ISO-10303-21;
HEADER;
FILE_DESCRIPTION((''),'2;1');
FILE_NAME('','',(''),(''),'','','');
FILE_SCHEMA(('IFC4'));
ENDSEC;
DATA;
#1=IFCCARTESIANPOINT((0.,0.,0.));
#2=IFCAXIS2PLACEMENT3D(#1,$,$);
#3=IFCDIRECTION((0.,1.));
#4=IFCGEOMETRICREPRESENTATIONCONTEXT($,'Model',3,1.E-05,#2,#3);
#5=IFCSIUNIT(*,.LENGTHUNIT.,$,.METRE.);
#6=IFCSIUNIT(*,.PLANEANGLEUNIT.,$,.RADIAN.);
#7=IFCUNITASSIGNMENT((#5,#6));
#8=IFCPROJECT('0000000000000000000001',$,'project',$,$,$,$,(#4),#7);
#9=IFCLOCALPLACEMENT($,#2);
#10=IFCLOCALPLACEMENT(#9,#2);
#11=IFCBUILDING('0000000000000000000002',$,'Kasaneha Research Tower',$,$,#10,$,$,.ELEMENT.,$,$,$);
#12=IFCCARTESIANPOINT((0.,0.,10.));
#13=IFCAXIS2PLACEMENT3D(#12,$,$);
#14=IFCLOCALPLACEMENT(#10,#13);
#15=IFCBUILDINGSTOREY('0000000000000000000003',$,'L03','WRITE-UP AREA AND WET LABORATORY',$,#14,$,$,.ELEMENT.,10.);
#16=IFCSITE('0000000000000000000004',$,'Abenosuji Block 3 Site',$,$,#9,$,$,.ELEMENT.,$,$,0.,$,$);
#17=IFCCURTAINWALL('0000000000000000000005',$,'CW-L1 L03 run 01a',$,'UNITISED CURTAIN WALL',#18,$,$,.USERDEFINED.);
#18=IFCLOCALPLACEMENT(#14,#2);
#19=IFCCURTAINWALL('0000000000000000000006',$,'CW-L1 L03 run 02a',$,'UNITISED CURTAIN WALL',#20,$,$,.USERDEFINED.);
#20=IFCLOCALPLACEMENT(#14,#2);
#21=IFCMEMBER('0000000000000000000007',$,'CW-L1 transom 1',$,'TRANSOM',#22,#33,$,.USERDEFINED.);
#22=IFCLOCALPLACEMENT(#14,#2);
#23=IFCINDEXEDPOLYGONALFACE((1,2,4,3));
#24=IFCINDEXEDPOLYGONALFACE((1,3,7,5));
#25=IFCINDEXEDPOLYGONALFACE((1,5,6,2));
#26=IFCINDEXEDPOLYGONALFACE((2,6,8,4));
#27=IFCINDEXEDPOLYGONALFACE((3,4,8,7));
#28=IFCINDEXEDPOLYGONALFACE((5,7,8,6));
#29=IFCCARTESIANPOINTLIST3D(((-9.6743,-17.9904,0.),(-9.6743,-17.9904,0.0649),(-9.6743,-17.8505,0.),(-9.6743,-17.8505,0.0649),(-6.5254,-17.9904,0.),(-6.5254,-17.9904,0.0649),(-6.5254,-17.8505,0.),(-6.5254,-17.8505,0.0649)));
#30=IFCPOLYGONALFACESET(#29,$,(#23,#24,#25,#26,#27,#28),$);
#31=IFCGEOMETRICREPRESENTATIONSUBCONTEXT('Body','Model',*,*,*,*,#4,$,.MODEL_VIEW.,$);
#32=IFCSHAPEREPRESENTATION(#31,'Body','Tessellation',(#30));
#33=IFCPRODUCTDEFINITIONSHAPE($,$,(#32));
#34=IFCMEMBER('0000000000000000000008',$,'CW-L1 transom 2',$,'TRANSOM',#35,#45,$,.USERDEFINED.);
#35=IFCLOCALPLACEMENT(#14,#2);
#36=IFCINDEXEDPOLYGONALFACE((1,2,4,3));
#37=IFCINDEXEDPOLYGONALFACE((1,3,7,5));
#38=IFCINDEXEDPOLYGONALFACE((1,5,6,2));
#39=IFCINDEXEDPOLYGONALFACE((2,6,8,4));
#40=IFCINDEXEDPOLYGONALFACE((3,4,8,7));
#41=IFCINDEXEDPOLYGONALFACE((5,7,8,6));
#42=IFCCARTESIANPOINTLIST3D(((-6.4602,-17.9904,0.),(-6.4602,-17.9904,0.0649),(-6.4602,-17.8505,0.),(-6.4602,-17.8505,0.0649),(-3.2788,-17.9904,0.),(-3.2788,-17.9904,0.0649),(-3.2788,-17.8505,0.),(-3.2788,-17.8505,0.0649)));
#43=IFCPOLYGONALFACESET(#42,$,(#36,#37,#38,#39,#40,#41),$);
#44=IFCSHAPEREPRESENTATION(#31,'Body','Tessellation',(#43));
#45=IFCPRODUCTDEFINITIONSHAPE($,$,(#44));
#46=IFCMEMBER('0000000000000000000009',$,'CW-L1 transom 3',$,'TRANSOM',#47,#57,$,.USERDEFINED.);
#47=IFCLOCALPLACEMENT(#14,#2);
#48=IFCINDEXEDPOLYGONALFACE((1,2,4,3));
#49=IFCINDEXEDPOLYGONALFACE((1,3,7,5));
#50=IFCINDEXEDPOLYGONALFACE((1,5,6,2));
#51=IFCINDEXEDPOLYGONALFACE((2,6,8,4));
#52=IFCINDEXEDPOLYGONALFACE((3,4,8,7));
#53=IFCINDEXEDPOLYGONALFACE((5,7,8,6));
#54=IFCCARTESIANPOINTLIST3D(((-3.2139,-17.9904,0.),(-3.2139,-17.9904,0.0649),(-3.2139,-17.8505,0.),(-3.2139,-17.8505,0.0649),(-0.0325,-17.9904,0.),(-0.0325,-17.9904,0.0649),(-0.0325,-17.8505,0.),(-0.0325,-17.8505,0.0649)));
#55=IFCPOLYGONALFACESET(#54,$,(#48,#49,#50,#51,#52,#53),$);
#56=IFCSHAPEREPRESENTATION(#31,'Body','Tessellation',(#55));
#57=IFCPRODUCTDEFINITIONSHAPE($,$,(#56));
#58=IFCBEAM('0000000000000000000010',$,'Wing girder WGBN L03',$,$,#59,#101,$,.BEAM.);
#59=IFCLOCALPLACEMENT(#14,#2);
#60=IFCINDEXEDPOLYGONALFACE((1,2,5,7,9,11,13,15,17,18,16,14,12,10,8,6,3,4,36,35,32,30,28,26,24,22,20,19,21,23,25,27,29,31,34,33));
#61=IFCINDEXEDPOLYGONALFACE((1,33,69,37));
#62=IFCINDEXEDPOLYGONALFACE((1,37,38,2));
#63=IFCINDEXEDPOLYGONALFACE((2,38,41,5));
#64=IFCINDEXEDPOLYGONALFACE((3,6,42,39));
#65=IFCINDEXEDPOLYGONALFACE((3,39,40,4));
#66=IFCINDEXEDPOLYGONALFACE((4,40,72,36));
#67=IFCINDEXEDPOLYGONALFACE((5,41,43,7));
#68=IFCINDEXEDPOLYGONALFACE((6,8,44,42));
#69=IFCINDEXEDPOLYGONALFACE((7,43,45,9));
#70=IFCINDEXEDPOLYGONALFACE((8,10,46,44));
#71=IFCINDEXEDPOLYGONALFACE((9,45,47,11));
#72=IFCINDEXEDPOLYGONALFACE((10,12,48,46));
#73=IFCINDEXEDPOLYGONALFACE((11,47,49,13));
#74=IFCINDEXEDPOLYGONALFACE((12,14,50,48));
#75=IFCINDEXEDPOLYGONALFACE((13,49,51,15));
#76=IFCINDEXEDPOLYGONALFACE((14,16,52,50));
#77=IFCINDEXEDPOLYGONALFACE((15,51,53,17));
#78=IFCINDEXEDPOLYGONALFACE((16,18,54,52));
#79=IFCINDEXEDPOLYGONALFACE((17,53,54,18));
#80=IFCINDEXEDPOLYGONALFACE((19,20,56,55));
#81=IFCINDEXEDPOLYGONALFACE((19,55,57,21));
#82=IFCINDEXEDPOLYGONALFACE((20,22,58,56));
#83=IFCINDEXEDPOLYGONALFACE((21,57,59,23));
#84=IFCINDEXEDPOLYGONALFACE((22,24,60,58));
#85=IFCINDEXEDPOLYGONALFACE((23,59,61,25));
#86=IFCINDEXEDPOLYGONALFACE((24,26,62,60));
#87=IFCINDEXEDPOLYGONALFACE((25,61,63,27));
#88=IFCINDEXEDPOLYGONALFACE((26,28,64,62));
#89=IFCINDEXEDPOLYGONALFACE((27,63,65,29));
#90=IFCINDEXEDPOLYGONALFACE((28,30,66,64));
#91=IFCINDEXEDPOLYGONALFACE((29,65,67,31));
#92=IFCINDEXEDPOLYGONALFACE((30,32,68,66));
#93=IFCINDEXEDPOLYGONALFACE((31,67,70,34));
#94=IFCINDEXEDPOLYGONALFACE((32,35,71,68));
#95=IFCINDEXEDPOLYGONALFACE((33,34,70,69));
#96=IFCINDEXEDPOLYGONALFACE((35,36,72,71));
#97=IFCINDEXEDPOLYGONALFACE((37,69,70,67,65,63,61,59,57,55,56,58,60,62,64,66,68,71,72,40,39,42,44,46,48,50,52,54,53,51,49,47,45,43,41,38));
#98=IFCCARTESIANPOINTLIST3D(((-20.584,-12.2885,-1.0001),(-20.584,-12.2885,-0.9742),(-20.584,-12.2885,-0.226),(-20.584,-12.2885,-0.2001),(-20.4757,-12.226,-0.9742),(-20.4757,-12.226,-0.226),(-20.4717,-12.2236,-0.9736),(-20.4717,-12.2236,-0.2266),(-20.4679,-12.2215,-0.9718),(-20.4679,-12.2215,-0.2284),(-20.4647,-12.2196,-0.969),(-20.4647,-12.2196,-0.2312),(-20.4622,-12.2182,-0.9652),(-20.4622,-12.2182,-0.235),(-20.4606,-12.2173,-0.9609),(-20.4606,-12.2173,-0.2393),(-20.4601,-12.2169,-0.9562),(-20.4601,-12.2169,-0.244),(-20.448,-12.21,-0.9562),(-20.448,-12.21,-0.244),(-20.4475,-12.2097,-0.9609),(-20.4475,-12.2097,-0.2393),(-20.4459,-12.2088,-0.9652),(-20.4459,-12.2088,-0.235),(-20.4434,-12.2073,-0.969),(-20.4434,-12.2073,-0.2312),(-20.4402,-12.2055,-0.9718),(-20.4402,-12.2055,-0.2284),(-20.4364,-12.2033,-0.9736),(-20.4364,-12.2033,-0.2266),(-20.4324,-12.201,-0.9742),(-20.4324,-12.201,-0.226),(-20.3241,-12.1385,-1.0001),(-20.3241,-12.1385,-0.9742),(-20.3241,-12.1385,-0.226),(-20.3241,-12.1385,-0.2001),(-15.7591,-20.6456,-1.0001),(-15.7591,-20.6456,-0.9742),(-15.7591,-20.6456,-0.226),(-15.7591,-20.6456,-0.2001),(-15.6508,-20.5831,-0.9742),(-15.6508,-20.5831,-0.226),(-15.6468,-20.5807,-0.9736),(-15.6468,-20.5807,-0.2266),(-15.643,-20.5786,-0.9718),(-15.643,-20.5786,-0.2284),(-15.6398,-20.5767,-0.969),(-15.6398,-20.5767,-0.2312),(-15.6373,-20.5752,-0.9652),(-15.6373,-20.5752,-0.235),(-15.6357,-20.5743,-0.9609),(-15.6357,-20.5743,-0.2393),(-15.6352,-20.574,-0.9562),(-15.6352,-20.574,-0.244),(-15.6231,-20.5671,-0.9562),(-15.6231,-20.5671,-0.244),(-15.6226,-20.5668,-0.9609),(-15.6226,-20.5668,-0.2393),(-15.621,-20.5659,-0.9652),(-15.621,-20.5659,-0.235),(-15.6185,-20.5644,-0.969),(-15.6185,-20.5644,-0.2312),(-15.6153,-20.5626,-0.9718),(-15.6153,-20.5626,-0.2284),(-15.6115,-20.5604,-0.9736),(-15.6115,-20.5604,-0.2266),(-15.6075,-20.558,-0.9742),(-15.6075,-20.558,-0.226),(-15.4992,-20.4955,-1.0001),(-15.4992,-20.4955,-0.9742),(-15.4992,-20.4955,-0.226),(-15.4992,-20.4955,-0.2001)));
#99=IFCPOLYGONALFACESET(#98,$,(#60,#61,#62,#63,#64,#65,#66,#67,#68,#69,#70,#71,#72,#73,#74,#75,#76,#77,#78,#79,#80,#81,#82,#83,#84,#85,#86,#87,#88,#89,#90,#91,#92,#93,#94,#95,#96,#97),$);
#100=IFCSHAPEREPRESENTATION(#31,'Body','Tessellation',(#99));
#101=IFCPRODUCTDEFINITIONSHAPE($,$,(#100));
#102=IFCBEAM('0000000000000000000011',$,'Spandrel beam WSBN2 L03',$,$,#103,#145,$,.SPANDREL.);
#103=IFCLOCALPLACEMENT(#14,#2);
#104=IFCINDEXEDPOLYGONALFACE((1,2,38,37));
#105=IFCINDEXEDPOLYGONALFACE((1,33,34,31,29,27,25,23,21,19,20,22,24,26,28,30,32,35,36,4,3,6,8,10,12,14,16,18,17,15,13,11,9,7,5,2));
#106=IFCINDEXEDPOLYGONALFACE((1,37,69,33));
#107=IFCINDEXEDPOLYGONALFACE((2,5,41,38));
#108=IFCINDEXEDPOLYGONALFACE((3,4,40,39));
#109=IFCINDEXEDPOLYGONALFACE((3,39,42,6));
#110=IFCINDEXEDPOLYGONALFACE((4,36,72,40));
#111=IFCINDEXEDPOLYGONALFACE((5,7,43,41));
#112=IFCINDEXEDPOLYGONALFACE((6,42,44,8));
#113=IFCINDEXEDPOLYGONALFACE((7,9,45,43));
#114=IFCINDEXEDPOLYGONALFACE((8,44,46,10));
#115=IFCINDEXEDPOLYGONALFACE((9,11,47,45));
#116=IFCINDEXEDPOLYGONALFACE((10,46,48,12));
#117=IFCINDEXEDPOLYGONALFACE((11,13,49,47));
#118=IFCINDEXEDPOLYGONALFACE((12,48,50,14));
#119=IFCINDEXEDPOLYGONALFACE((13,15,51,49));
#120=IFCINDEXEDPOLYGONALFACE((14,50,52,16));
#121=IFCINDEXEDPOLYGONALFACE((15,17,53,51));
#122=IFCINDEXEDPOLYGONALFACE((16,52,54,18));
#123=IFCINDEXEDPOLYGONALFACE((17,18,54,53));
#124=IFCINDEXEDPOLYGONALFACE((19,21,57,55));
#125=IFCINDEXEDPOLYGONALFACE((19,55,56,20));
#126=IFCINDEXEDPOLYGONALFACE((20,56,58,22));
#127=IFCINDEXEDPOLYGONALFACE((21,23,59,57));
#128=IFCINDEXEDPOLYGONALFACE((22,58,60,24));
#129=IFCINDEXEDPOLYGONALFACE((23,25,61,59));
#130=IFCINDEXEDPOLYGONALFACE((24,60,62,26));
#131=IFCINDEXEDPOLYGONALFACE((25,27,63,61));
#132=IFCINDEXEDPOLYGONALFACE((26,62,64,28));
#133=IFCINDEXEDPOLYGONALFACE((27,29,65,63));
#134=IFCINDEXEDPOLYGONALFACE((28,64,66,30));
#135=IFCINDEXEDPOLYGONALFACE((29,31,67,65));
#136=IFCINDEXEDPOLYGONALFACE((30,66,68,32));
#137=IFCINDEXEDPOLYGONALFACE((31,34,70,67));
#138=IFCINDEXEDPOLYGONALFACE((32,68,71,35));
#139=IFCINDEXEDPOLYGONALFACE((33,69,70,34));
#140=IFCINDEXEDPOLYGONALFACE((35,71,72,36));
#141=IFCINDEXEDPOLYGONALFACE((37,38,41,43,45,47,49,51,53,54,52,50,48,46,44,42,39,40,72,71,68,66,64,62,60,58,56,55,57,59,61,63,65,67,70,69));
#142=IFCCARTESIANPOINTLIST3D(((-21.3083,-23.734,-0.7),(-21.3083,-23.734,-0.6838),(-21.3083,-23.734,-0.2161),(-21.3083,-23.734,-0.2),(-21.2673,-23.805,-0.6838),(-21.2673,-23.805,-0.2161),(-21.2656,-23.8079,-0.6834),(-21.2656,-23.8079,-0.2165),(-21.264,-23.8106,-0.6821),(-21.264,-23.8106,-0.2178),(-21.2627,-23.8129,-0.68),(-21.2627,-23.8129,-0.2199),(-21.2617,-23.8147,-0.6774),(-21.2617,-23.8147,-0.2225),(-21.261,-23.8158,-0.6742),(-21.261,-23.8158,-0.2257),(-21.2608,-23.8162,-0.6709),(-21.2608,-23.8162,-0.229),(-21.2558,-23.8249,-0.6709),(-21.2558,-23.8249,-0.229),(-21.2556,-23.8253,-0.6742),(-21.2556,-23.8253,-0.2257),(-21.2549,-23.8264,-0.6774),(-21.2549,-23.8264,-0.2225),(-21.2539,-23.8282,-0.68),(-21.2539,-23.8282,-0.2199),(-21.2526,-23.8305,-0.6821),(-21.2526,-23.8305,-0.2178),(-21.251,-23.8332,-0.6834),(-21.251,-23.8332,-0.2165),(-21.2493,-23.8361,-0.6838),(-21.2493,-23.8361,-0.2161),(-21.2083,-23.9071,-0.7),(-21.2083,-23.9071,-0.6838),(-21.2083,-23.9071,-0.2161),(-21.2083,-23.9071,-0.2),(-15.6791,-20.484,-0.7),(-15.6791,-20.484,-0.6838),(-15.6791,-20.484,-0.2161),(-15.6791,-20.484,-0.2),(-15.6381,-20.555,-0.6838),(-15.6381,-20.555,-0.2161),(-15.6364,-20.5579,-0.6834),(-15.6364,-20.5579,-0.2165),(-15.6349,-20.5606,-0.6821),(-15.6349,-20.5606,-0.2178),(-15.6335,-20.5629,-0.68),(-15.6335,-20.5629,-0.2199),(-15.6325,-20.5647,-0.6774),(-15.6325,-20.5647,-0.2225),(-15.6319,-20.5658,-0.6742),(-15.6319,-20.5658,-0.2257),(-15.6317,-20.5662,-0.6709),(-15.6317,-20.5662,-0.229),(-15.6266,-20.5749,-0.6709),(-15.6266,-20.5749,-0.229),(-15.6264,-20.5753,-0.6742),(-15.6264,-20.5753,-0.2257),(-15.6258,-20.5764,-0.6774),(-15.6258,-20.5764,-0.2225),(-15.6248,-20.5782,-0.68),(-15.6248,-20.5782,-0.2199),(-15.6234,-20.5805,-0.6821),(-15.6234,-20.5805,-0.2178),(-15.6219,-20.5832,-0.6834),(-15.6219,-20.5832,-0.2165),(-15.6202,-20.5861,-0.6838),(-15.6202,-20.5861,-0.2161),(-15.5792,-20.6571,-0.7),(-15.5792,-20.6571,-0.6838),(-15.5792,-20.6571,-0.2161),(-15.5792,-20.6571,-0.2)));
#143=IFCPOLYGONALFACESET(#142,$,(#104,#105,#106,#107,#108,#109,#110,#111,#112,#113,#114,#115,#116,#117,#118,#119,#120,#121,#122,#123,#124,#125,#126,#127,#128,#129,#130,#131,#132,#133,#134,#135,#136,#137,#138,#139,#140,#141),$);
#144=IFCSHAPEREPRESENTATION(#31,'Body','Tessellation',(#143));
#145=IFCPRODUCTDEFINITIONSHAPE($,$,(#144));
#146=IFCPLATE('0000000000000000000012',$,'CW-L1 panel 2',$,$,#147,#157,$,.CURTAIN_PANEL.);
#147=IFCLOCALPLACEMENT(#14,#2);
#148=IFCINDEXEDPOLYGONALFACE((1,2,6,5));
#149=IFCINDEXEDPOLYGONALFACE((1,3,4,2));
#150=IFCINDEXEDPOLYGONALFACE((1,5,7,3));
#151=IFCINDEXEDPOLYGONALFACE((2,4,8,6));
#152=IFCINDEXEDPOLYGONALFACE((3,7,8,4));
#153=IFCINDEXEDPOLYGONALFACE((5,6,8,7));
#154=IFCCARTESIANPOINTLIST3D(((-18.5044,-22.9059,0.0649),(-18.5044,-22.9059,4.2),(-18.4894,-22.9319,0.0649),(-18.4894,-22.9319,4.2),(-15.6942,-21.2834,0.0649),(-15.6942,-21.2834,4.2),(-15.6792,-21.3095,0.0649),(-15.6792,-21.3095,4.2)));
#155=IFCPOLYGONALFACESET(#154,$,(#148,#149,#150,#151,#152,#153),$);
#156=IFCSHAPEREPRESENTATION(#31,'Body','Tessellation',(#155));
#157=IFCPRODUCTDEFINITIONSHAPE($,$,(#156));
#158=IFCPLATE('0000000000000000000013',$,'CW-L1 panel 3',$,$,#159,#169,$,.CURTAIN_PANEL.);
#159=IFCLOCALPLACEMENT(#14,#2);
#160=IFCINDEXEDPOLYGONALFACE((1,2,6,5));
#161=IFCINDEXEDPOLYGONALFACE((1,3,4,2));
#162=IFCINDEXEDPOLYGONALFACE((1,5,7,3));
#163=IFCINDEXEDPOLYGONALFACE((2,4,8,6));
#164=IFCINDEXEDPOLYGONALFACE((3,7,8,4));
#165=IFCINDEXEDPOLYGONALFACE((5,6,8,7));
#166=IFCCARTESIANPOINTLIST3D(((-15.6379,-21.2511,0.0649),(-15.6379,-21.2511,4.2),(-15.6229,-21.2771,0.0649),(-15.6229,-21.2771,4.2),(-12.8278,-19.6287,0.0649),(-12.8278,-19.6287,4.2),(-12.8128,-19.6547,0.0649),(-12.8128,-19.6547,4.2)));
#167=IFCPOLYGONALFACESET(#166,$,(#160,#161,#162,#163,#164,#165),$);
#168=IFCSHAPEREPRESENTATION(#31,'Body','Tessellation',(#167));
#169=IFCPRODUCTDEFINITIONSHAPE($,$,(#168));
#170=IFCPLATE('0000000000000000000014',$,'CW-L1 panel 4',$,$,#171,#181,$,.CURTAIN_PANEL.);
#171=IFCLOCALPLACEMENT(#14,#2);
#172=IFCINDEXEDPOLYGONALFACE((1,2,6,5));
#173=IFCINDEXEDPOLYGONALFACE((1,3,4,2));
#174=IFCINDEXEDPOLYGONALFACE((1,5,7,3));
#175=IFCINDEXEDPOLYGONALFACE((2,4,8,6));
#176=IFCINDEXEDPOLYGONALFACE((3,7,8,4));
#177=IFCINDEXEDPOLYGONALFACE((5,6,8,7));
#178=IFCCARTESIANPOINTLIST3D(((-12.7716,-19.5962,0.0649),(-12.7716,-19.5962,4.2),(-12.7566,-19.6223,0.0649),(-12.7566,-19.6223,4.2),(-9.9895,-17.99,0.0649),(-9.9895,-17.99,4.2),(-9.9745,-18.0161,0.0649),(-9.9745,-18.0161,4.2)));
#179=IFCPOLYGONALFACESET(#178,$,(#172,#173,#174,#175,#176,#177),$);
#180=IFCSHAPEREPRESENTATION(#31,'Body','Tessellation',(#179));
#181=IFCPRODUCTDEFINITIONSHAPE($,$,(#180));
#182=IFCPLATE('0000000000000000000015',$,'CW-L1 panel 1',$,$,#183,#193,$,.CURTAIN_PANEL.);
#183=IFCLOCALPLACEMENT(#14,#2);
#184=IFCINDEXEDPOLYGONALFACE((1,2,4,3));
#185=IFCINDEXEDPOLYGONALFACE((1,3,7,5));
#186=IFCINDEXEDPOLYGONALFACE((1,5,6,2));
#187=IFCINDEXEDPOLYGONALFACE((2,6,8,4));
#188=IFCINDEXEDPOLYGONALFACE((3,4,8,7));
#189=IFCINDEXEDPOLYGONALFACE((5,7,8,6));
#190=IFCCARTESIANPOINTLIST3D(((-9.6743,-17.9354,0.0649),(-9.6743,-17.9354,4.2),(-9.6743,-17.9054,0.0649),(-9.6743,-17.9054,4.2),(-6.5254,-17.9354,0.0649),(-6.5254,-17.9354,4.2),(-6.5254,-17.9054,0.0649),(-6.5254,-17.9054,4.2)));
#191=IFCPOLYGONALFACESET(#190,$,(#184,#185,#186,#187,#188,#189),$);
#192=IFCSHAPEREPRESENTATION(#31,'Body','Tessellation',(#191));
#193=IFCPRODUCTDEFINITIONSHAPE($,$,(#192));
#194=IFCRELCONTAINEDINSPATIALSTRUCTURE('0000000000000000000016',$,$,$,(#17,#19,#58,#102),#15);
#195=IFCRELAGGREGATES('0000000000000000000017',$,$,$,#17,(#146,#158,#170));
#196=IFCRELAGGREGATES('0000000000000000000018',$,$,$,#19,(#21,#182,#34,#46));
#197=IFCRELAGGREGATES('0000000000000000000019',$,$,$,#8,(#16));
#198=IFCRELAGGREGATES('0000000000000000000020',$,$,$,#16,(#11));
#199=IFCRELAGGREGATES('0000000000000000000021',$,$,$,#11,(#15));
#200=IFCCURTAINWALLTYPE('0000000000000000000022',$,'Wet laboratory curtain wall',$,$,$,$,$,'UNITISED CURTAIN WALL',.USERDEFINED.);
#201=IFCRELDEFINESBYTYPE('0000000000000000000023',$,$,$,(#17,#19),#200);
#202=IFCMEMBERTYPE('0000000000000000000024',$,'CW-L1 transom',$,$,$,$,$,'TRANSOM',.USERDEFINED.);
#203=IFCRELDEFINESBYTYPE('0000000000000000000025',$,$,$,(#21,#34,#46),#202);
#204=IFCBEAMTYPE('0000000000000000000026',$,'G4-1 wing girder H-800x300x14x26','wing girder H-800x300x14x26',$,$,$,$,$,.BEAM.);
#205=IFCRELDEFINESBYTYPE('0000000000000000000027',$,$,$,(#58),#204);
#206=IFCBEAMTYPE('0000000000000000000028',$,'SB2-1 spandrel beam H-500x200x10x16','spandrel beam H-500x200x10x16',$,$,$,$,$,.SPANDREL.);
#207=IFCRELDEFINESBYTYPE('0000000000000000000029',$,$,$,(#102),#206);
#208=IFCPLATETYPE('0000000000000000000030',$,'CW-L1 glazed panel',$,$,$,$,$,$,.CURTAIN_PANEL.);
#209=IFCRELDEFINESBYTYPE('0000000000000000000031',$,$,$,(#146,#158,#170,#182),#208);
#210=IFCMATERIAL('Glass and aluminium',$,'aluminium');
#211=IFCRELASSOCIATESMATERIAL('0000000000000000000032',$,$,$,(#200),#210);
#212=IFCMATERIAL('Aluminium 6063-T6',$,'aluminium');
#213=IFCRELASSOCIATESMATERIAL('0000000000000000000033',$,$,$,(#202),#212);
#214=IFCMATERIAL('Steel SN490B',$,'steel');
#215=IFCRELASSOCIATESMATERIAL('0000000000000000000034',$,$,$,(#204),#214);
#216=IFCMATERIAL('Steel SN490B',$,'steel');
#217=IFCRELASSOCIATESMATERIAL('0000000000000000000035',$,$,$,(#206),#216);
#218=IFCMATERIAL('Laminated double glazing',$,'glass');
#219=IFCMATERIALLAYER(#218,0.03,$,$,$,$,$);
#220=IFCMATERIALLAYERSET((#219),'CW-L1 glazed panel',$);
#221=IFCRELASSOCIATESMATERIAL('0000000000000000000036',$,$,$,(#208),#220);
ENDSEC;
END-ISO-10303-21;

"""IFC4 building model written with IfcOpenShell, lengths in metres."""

from ifc_helpers import new_model, si_unit, direction, frame, origin, origin_2d, place, context, subcontext, project, spatial, rectangle, i_section, extrude, material, layer, layer_set, material_profile, profile_set, type_object, element, aggregate, save


model = new_model("IFC4")

# Units and contexts
model_context = context("Model", 3, precision=1e-05, world=origin(), true_north=direction((0.0, 1.0)))
body_context = subcontext(model_context, "Body", "Model", "MODEL_VIEW")
ifc_project = project(units=[si_unit("LENGTHUNIT", "METRE"), si_unit("PLANEANGLEUNIT", "RADIAN")], contexts=[model_context])

# Site, building, storey
site_placement = place(None, origin())
site = spatial("IfcSite", under=ifc_project, at=site_placement, Name="Abenosuji Block 3 Site", CompositionType="ELEMENT", RefElevation=0.0)
building_placement = place(site_placement, origin())
building = spatial("IfcBuilding", under=site, at=building_placement, Name="Kasaneha Research Tower", CompositionType="ELEMENT")
storey_placement = place(building_placement, frame((0.0, 0.0, 10.0)))
storey = spatial("IfcBuildingStorey", under=building, at=storey_placement, Name="L03", Description="WRITE-UP AREA AND WET LABORATORY", CompositionType="ELEMENT", Elevation=10.0)

# Curtain walls
ifc_material_1 = material(Name="Glass and aluminium", Category="aluminium")
curtain_wall_type = type_object("IfcCurtainWallType", Name="Wet laboratory curtain wall", ElementType="UNITISED CURTAIN WALL", PredefinedType="USERDEFINED", material=ifc_material_1)
curtain_wall_1_placement = place(storey_placement, origin())
curtain_wall_1 = element("IfcCurtainWall", 1, at=curtain_wall_1_placement, inside=storey, type_object=curtain_wall_type, Name="CW-L1 L03 run 01a", ObjectType="UNITISED CURTAIN WALL", PredefinedType="USERDEFINED")
curtain_wall_2_placement = place(storey_placement, origin())
curtain_wall_2 = element("IfcCurtainWall", 2, at=curtain_wall_2_placement, inside=storey, type_object=curtain_wall_type, Name="CW-L1 L03 run 02a", ObjectType="UNITISED CURTAIN WALL", PredefinedType="USERDEFINED")

# Members
ifc_material_2 = material(Name="Aluminium 6063-T6", Category="aluminium")
ifc_material_profile_1 = material_profile(ifc_material_2, rectangle(XDim=0.1399, YDim=0.0649, at=origin_2d()), Name="CW-L1 transom 140x65")
ifc_profile_set_1 = profile_set([ifc_material_profile_1], Name="Aluminium 6063-T6")
member_type_1 = type_object("IfcMemberType", Name="CW-L1 transom", ElementType="TRANSOM", PredefinedType="USERDEFINED", material=ifc_profile_set_1)
member_1_placement = place(storey_placement, frame((-9.6743, -17.9204, 0.0325), z_axis=(1.0, 0.0, 0.0), x_axis=(0.0, 1.0, 0.0)))
member_1 = element("IfcMember", 3, at=member_1_placement, type_object=member_type_1, Name="CW-L1 transom 1", ObjectType="TRANSOM", PredefinedType="USERDEFINED", context=body_context, shape_type="SweptSolid", body=[
    extrude(rectangle(XDim=0.1399, YDim=0.0649, at=origin_2d()), origin(), (0.0, 0.0, 1.0), 3.1489),
])
member_2_placement = place(storey_placement, frame((-6.4602, -17.9204, 0.0325), z_axis=(1.0, 0.0, 0.0), x_axis=(0.0, 1.0, 0.0)))
member_2 = element("IfcMember", 4, at=member_2_placement, type_object=member_type_1, Name="CW-L1 transom 2", ObjectType="TRANSOM", PredefinedType="USERDEFINED", context=body_context, shape_type="SweptSolid", body=[
    extrude(rectangle(XDim=0.1399, YDim=0.0649, at=origin_2d()), origin(), (0.0, 0.0, 1.0), 3.1814),
])
member_3_placement = place(storey_placement, frame((-3.2139, -17.9204, 0.0325), z_axis=(1.0, 0.0, 0.0), x_axis=(0.0, 1.0, 0.0)))
member_3 = element("IfcMember", 5, at=member_3_placement, type_object=member_type_1, Name="CW-L1 transom 3", ObjectType="TRANSOM", PredefinedType="USERDEFINED", context=body_context, shape_type="SweptSolid", body=[
    extrude(rectangle(XDim=0.1399, YDim=0.0649, at=origin_2d()), origin(), (0.0, 0.0, 1.0), 3.1814),
])

# Beams
ifc_material_3 = material(Name="Steel SN490B", Category="steel")
ifc_material_profile_2 = material_profile(ifc_material_3, i_section(OverallWidth=0.3, OverallDepth=0.8, WebThickness=0.0139, FlangeThickness=0.0259, FilletRadius=0.0181, at=origin_2d()), Name="H-800x300x14x26")
ifc_profile_set_2 = profile_set([ifc_material_profile_2], Name="Steel SN490B")
beam_type_1 = type_object("IfcBeamType", Name="G4-1 wing girder H-800x300x14x26", Description="wing girder H-800x300x14x26", PredefinedType="BEAM", material=ifc_profile_set_2)
beam_1_placement = place(storey_placement, frame((-15.6292, -20.5706, -0.6001), z_axis=(-0.499995, 0.866028, 0.0), x_axis=(-0.866028, -0.499995, 0.0)))
element("IfcBeam", 6, at=beam_1_placement, inside=storey, type_object=beam_type_1, Name="Wing girder WGBN L03", PredefinedType="BEAM", context=body_context, shape_type="SweptSolid", body=[
    extrude(i_section(OverallWidth=0.3, OverallDepth=0.8, WebThickness=0.0139, FlangeThickness=0.0259, FilletRadius=0.0181, at=origin_2d()), origin(), (0.0, 0.0, 1.0), 9.6499),
])
ifc_material_4 = material(Name="Steel SN490B", Category="steel")
ifc_material_profile_3 = material_profile(ifc_material_4, i_section(OverallWidth=0.2, OverallDepth=0.5, WebThickness=0.01, FlangeThickness=0.0161, FilletRadius=0.0129, at=origin_2d()), Name="H-500x200x10x16")
ifc_profile_set_3 = profile_set([ifc_material_profile_3], Name="Steel SN490B")
beam_type_2 = type_object("IfcBeamType", Name="SB2-1 spandrel beam H-500x200x10x16", Description="spandrel beam H-500x200x10x16", PredefinedType="SPANDREL", material=ifc_profile_set_3)
beam_2_placement = place(storey_placement, frame((-15.6292, -20.5706, -0.45), z_axis=(-0.866025, -0.500001, 0.0), x_axis=(0.500001, -0.866025, 0.0)))
element("IfcBeam", 7, at=beam_2_placement, inside=storey, type_object=beam_type_2, Name="Spandrel beam WSBN2 L03", PredefinedType="SPANDREL", context=body_context, shape_type="SweptSolid", body=[
    extrude(i_section(OverallWidth=0.2, OverallDepth=0.5, WebThickness=0.01, FlangeThickness=0.0161, FilletRadius=0.0129, at=origin_2d()), origin(), (0.0, 0.0, 1.0), 6.5),
])

# Plates
ifc_material_5 = material(Name="Laminated double glazing", Category="glass")
ifc_layer_1 = layer(ifc_material_5, 0.03)
ifc_layer_set_1 = layer_set([ifc_layer_1], Name="CW-L1 glazed panel")
plate_type = type_object("IfcPlateType", Name="CW-L1 glazed panel", PredefinedType="CURTAIN_PANEL", material=ifc_layer_set_1)
plate_1_placement = place(storey_placement, frame((-17.0918, -22.1077, 0.0649), z_axis=(0.0, 0.0, 1.0), x_axis=(0.866025, 0.5, 0.0)))
plate_1 = element("IfcPlate", 8, at=plate_1_placement, type_object=plate_type, Name="CW-L1 panel 2", PredefinedType="CURTAIN_PANEL", context=body_context, shape_type="SweptSolid", body=[
    extrude(rectangle(XDim=3.2449, YDim=0.03, at=origin_2d()), origin(), (0.0, 0.0, 1.0), 4.135),
])
plate_2_placement = place(storey_placement, frame((-14.2253, -20.4529, 0.0649), z_axis=(0.0, 0.0, 1.0), x_axis=(0.866025, 0.5, 0.0)))
plate_2 = element("IfcPlate", 9, at=plate_2_placement, type_object=plate_type, Name="CW-L1 panel 3", PredefinedType="CURTAIN_PANEL", context=body_context, shape_type="SweptSolid", body=[
    extrude(rectangle(XDim=3.2449, YDim=0.03, at=origin_2d()), origin(), (0.0, 0.0, 1.0), 4.135),
])
plate_3_placement = place(storey_placement, frame((-11.373, -18.8062, 0.0649), z_axis=(0.0, 0.0, 1.0), x_axis=(0.866025, 0.5, 0.0)))
plate_3 = element("IfcPlate", 10, at=plate_3_placement, type_object=plate_type, Name="CW-L1 panel 4", PredefinedType="CURTAIN_PANEL", context=body_context, shape_type="SweptSolid", body=[
    extrude(rectangle(XDim=3.2124, YDim=0.03, at=origin_2d()), origin(), (0.0, 0.0, 1.0), 4.135),
])
aggregate(curtain_wall_1, [plate_1, plate_2, plate_3])
plate_4_placement = place(storey_placement, frame((-8.0999, -17.9204, 0.0649), z_axis=(0.0, 0.0, 1.0), x_axis=(1.0, 0.0, 0.0)))
plate_4 = element("IfcPlate", 11, at=plate_4_placement, type_object=plate_type, Name="CW-L1 panel 1", PredefinedType="CURTAIN_PANEL", context=body_context, shape_type="SweptSolid", body=[
    extrude(rectangle(XDim=3.1489, YDim=0.03, at=origin_2d()), origin(), (0.0, 0.0, 1.0), 4.135),
])
aggregate(curtain_wall_2, [member_1, plate_4, member_2, member_3])

save(model, "model.ifc")
